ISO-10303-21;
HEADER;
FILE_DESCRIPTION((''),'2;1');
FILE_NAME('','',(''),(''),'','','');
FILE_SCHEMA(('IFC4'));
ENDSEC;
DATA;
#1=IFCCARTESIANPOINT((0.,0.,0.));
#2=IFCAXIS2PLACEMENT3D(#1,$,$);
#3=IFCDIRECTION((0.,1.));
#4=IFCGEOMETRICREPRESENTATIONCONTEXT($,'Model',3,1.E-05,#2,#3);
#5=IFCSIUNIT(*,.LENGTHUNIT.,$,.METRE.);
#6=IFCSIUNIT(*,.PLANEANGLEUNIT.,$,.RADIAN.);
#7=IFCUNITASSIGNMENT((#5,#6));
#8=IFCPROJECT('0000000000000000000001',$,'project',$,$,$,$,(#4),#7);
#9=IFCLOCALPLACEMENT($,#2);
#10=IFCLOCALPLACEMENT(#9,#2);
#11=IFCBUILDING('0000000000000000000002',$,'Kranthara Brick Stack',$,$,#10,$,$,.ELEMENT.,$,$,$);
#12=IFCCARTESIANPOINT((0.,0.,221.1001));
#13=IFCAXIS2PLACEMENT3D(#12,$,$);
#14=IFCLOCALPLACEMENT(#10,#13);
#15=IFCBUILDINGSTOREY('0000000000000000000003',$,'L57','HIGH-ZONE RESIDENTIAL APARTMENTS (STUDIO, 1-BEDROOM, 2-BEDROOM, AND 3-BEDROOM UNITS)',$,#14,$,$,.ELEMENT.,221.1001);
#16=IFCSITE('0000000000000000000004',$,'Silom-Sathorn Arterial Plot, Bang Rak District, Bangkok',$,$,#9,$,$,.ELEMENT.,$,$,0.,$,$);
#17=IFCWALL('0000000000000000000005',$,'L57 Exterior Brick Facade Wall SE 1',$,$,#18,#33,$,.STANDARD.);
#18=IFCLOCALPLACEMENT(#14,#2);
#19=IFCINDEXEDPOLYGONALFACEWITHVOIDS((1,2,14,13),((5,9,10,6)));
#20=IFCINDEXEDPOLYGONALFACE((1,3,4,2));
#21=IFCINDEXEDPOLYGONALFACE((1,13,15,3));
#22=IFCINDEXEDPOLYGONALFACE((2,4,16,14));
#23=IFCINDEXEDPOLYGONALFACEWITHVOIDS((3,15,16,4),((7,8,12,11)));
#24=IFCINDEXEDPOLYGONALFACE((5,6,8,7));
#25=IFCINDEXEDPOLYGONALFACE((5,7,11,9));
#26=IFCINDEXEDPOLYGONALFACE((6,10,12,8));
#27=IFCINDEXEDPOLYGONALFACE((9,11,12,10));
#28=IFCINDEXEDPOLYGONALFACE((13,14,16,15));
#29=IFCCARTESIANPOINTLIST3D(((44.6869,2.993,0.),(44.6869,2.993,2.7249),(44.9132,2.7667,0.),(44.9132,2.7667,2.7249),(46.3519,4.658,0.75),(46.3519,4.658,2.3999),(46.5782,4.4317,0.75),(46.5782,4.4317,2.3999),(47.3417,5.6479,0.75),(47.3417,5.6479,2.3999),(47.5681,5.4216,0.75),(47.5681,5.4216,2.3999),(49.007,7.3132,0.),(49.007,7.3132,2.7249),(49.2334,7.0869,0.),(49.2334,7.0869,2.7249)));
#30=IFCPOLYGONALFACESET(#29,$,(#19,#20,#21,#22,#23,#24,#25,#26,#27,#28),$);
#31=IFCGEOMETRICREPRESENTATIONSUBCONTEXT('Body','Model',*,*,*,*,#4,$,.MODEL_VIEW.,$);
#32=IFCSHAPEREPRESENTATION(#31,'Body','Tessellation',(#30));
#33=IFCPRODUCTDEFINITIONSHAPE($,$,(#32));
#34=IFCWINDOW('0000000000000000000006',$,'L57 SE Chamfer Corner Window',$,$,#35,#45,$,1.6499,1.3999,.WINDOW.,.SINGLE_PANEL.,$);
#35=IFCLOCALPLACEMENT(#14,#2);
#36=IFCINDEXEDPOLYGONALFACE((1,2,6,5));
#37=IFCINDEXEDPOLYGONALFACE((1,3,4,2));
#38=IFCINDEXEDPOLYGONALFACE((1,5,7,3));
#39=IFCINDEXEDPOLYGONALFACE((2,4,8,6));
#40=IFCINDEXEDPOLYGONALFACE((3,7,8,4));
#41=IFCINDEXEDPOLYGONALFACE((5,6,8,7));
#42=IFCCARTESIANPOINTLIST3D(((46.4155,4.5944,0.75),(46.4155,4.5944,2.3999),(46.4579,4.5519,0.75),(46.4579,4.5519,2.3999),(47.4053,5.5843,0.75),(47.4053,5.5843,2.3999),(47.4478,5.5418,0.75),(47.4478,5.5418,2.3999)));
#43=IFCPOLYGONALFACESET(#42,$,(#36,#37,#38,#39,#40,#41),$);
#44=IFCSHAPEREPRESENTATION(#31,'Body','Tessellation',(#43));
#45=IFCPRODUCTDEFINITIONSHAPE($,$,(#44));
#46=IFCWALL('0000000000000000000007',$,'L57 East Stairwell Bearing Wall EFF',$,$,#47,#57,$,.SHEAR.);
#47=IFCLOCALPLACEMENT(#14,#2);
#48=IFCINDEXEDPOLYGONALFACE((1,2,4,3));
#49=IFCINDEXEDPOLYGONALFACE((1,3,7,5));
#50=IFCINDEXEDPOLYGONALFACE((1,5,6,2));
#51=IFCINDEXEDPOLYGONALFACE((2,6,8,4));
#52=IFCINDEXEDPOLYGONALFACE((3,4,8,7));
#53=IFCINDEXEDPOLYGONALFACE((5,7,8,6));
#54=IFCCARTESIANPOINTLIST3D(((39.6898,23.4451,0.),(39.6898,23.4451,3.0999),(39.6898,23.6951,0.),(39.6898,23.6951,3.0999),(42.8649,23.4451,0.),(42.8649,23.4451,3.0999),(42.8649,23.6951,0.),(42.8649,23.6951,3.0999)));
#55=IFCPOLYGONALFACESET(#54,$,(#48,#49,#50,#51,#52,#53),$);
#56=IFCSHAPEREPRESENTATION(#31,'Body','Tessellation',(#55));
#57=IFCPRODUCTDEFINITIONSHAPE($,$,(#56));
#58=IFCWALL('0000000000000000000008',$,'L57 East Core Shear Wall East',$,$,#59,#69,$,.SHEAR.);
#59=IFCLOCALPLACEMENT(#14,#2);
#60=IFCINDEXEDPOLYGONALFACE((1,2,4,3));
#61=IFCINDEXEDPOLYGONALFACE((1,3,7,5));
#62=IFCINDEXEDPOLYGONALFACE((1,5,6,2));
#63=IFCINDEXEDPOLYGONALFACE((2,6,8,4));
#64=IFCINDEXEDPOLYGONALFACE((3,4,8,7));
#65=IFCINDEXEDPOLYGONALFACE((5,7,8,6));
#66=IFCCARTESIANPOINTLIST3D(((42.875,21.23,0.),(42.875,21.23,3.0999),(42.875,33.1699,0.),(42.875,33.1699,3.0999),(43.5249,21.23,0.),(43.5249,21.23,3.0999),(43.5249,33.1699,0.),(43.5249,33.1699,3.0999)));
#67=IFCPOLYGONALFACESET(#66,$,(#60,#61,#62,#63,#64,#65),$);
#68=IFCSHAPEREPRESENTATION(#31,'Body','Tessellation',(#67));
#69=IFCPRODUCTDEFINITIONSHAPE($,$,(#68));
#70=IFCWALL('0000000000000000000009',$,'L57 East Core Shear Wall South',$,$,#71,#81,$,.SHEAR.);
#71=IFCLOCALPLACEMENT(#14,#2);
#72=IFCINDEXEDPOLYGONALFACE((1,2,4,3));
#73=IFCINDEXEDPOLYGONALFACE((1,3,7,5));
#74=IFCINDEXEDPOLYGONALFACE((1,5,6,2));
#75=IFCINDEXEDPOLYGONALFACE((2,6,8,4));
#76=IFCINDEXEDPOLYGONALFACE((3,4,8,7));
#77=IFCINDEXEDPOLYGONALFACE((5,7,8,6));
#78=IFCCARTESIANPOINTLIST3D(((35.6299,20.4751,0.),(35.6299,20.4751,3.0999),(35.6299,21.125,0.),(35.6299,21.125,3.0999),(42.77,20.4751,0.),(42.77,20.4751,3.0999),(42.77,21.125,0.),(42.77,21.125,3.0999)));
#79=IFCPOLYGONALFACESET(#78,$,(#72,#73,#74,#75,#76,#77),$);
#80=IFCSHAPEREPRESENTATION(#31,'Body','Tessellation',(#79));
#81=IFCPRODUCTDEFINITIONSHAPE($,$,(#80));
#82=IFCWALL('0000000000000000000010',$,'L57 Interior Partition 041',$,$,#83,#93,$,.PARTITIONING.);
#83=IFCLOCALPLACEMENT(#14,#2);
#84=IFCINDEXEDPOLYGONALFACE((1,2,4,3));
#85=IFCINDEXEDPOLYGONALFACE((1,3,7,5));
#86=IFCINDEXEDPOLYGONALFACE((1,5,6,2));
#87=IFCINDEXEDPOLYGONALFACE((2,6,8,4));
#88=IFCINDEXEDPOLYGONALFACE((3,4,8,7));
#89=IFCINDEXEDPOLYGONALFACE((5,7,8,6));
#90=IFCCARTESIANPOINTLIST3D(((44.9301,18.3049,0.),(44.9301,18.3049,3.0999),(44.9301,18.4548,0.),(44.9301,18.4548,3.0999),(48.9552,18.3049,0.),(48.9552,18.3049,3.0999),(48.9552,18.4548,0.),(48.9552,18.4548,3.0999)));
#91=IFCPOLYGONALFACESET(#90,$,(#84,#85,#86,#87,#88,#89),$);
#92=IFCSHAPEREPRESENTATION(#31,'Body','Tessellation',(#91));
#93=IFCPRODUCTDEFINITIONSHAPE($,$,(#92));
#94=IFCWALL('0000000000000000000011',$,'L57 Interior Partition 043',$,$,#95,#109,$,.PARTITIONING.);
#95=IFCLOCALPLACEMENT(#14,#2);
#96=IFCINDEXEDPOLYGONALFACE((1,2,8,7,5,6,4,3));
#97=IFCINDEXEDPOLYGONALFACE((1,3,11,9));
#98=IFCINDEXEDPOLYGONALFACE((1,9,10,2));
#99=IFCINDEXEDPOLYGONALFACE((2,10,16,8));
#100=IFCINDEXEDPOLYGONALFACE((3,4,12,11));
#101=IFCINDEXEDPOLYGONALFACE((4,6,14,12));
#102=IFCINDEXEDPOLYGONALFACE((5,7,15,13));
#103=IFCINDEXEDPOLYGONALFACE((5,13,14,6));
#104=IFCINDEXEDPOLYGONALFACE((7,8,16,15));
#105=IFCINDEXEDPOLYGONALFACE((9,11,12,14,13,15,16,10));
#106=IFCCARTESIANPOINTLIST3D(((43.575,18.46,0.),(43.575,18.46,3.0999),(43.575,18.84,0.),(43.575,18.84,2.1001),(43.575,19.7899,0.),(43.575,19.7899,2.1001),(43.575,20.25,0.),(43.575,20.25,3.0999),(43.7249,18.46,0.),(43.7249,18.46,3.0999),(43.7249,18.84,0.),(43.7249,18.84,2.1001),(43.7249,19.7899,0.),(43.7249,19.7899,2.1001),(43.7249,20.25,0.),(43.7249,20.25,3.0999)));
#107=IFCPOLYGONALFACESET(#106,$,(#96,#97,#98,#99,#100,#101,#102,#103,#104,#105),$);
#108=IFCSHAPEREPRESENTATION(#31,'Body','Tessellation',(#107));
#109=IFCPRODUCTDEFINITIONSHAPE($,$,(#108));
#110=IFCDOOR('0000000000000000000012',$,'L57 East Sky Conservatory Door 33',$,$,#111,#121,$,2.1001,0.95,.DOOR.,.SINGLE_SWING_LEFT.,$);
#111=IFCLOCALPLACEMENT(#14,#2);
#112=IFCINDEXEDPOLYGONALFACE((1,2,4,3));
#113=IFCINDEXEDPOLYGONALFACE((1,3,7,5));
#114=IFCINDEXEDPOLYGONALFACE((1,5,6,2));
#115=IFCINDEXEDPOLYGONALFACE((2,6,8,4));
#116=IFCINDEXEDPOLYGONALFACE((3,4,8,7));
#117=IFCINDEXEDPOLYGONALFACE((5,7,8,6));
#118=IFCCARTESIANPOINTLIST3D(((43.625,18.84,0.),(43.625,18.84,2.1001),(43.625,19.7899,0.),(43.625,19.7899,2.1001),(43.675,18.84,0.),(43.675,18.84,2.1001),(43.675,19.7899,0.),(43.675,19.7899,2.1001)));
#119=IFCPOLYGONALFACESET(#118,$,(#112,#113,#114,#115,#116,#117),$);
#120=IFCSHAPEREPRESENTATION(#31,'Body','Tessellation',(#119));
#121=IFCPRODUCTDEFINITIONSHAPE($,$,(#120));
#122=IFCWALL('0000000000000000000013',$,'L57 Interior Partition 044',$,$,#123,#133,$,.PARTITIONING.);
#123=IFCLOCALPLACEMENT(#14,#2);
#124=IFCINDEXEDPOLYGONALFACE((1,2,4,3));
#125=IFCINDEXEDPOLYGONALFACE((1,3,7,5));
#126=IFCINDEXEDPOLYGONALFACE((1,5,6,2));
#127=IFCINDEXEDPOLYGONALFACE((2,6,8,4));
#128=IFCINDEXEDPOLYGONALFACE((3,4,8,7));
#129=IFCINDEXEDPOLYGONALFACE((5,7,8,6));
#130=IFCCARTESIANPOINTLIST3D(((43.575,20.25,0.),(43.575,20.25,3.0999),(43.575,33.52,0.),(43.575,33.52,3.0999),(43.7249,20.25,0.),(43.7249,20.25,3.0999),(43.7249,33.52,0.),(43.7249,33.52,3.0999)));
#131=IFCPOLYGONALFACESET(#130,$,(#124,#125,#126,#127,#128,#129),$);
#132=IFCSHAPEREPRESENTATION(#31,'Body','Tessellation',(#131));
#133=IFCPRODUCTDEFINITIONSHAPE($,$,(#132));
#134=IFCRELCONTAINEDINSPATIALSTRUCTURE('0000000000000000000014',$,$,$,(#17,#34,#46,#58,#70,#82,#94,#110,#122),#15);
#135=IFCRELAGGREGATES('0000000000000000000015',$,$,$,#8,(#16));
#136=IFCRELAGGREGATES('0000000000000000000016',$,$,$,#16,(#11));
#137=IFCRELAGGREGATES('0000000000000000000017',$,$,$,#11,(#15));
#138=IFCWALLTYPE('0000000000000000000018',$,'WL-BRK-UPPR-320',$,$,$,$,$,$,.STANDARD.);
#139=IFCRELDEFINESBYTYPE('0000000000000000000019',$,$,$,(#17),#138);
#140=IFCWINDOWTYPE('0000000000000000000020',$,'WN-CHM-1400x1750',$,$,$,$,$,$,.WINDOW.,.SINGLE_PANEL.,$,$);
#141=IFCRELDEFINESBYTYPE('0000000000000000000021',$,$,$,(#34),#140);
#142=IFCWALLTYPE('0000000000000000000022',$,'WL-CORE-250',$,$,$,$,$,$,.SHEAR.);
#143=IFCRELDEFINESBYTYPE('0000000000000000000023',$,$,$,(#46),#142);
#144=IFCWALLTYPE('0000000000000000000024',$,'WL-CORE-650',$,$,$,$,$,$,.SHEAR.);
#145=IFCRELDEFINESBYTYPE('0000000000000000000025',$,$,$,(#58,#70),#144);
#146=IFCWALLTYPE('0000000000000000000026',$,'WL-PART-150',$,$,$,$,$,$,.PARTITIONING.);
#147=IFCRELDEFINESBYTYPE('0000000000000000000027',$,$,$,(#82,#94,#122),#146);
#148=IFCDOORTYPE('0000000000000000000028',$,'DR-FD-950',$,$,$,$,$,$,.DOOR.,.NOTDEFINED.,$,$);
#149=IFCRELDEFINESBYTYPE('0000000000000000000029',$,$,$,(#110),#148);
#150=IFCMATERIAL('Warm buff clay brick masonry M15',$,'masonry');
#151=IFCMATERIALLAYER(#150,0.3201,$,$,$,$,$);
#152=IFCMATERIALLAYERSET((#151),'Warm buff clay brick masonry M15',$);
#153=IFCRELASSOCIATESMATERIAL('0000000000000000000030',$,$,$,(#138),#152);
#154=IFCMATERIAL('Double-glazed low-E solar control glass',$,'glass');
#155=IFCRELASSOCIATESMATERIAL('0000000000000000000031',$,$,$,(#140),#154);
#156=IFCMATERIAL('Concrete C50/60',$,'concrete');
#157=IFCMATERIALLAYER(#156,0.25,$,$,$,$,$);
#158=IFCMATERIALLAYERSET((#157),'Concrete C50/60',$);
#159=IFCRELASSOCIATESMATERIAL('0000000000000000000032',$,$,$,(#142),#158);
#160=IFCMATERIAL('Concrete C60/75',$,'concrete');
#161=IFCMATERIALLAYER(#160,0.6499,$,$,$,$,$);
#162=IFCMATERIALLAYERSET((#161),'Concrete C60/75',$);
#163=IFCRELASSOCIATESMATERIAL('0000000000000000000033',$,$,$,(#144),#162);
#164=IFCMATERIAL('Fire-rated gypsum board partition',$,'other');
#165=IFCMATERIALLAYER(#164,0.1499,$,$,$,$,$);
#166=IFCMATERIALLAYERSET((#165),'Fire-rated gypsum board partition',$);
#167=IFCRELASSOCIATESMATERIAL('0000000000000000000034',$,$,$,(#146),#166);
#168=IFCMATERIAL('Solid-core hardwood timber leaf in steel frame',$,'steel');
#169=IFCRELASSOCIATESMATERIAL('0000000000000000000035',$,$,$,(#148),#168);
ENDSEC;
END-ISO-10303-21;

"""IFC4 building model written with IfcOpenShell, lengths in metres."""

from ifc_helpers import new_model, si_unit, direction, frame, frame_2d, origin, place, context, subcontext, project, spatial, rectangle, extrude, material, layer, layer_set, type_object, element, fill, save


model = new_model("IFC4")

# Units and contexts
model_context = context("Model", 3, precision=1e-05, world=origin(), true_north=direction((0.0, 1.0)))
body_context = subcontext(model_context, "Body", "Model", "MODEL_VIEW")
ifc_project = project(units=[si_unit("LENGTHUNIT", "METRE"), si_unit("PLANEANGLEUNIT", "RADIAN")], contexts=[model_context])

# Site, building, storey
site_placement = place(None, origin())
site = spatial("IfcSite", under=ifc_project, at=site_placement, Name="Silom-Sathorn Arterial Plot, Bang Rak District, Bangkok", CompositionType="ELEMENT", RefElevation=0.0)
building_placement = place(site_placement, origin())
building = spatial("IfcBuilding", under=site, at=building_placement, Name="Kranthara Brick Stack", CompositionType="ELEMENT")
storey_placement = place(building_placement, frame((0.0, 0.0, 221.1001)))
storey = spatial("IfcBuildingStorey", under=building, at=storey_placement, Name="L57", Description="HIGH-ZONE RESIDENTIAL APARTMENTS (STUDIO, 1-BEDROOM, 2-BEDROOM, AND 3-BEDROOM UNITS)", CompositionType="ELEMENT", Elevation=221.1001)

# Wall, opening, window
ifc_material_1 = material(Name="Warm buff clay brick masonry M15", Category="masonry")
ifc_layer_1 = layer(ifc_material_1, 0.3201)
ifc_layer_set_1 = layer_set([ifc_layer_1], Name="Warm buff clay brick masonry M15")
wall_type_1 = type_object("IfcWallType", Name="WL-BRK-UPPR-320", PredefinedType="STANDARD", material=ifc_layer_set_1)
wall_1_placement = place(storey_placement, frame((49.1201, 7.2, 0.0), z_axis=(0.0, 0.0, 1.0), x_axis=(-0.707107, -0.707107, 0.0)))
wall_1 = element("IfcWall", 1, at=wall_1_placement, inside=storey, type_object=wall_type_1, Name="L57 Exterior Brick Facade Wall SE 1", PredefinedType="STANDARD", context=body_context, shape_type="SweptSolid", body=[
    extrude(rectangle(XDim=6.1096, YDim=0.3201, at=frame_2d((3.0547, 0.0))), origin(), (0.0, 0.0, 1.0), 2.7249),
])
opening_1_placement = place(wall_1_placement, frame((2.355, 0.0, 0.75)))
opening_1 = element("IfcOpeningElement", 2, at=opening_1_placement, cuts=wall_1, PredefinedType="OPENING", context=body_context, shape_type="SweptSolid", body=[
    extrude(rectangle(XDim=1.3999, YDim=1.6499, at=frame_2d((0.7, 0.825))), frame((0.0, 0.1699, 0.0), z_axis=(0.0, -1.0, 0.0), x_axis=(1.0, 0.0, 0.0)), (0.0, 0.0, 1.0), 0.3401),
])
ifc_material_2 = material(Name="Double-glazed low-E solar control glass", Category="glass")
window_type = type_object("IfcWindowType", Name="WN-CHM-1400x1750", PartitioningType="SINGLE_PANEL", PredefinedType="WINDOW", material=ifc_material_2)
window_placement = place(opening_1_placement, origin())
window = element("IfcWindow", 3, at=window_placement, inside=storey, type_object=window_type, Name="L57 SE Chamfer Corner Window", OverallHeight=1.6499, OverallWidth=1.3999, PartitioningType="SINGLE_PANEL", PredefinedType="WINDOW", context=body_context, shape_type="SweptSolid", body=[
    extrude(rectangle(XDim=1.3999, YDim=1.6499, at=frame_2d((0.7, 0.825))), frame((0.0, -0.01, 0.0), z_axis=(0.0, -1.0, 0.0), x_axis=(1.0, 0.0, 0.0)), (0.0, 0.0, 1.0), 0.0601),
])
fill(opening_1, window)

# Shared definitions
ifc_material_3 = material(Name="Concrete C50/60", Category="concrete")
ifc_layer_2 = layer(ifc_material_3, 0.25)
ifc_layer_set_2 = layer_set([ifc_layer_2], Name="Concrete C50/60")
wall_type_2 = type_object("IfcWallType", Name="WL-CORE-250", PredefinedType="SHEAR", material=ifc_layer_set_2)

# Walls
wall_2_placement = place(storey_placement, frame((39.6899, 23.5701, 0.0), z_axis=(0.0, 0.0, 1.0), x_axis=(1.0, 0.0, 0.0)))
element("IfcWall", 4, at=wall_2_placement, inside=storey, type_object=wall_type_2, Name="L57 East Stairwell Bearing Wall EFF", PredefinedType="SHEAR", context=body_context, shape_type="SweptSolid", body=[
    extrude(rectangle(XDim=3.175, YDim=0.25, at=frame_2d((1.5874, 0.0))), origin(), (0.0, 0.0, 1.0), 3.0999),
])
ifc_material_4 = material(Name="Concrete C60/75", Category="concrete")
ifc_layer_3 = layer(ifc_material_4, 0.6499)
ifc_layer_set_3 = layer_set([ifc_layer_3], Name="Concrete C60/75")
wall_type_3 = type_object("IfcWallType", Name="WL-CORE-650", PredefinedType="SHEAR", material=ifc_layer_set_3)
wall_3_placement = place(storey_placement, frame((43.2, 21.23, 0.0), z_axis=(0.0, 0.0, 1.0), x_axis=(0.0, 1.0, 0.0)))
element("IfcWall", 5, at=wall_3_placement, inside=storey, type_object=wall_type_3, Name="L57 East Core Shear Wall East", PredefinedType="SHEAR", context=body_context, shape_type="SweptSolid", body=[
    extrude(rectangle(XDim=11.9399, YDim=0.6499, at=frame_2d((5.97, 0.0))), origin(), (0.0, 0.0, 1.0), 3.0999),
])
wall_4_placement = place(storey_placement, frame((35.6299, 20.8, 0.0), z_axis=(0.0, 0.0, 1.0), x_axis=(1.0, 0.0, 0.0)))
element("IfcWall", 6, at=wall_4_placement, inside=storey, type_object=wall_type_3, Name="L57 East Core Shear Wall South", PredefinedType="SHEAR", context=body_context, shape_type="SweptSolid", body=[
    extrude(rectangle(XDim=7.1401, YDim=0.6499, at=frame_2d((3.5701, 0.0))), origin(), (0.0, 0.0, 1.0), 3.0999),
])

# Wall
ifc_material_5 = material(Name="Fire-rated gypsum board partition", Category="other")
ifc_layer_4 = layer(ifc_material_5, 0.1499)
ifc_layer_set_4 = layer_set([ifc_layer_4], Name="Fire-rated gypsum board partition")
wall_type_4 = type_object("IfcWallType", Name="WL-PART-150", PredefinedType="PARTITIONING", material=ifc_layer_set_4)
wall_5_placement = place(storey_placement, frame((44.9299, 18.3799, 0.0), z_axis=(0.0, 0.0, 1.0), x_axis=(1.0, 0.0, 0.0)))
element("IfcWall", 7, at=wall_5_placement, inside=storey, type_object=wall_type_4, Name="L57 Interior Partition 041", PredefinedType="PARTITIONING", context=body_context, shape_type="SweptSolid", body=[
    extrude(rectangle(XDim=4.0251, YDim=0.1499, at=frame_2d((2.0127, 0.0))), origin(), (0.0, 0.0, 1.0), 3.0999),
])

# Wall, opening, door
wall_6_placement = place(storey_placement, frame((43.6499, 18.46, 0.0), z_axis=(0.0, 0.0, 1.0), x_axis=(0.0, 1.0, 0.0)))
wall_6 = element("IfcWall", 8, at=wall_6_placement, inside=storey, type_object=wall_type_4, Name="L57 Interior Partition 043", PredefinedType="PARTITIONING", context=body_context, shape_type="SweptSolid", body=[
    extrude(rectangle(XDim=1.79, YDim=0.1499, at=frame_2d((0.895, 0.0))), origin(), (0.0, 0.0, 1.0), 3.0999),
])
opening_2_placement = place(wall_6_placement, frame((0.3799, 0.0, 0.0)))
opening_2 = element("IfcOpeningElement", 9, at=opening_2_placement, cuts=wall_6, PredefinedType="OPENING", context=body_context, shape_type="SweptSolid", body=[
    extrude(rectangle(XDim=0.95, YDim=2.1001, at=frame_2d((0.4751, 1.05))), frame((0.0, 0.085, 0.0), z_axis=(0.0, -1.0, 0.0), x_axis=(1.0, 0.0, 0.0)), (0.0, 0.0, 1.0), 0.1699),
])
ifc_material_6 = material(Name="Solid-core hardwood timber leaf in steel frame", Category="steel")
door_type_1 = type_object("IfcDoorType", Name="DR-FD-950", OperationType="NOTDEFINED", PredefinedType="DOOR", material=ifc_material_6)
door_1_placement = place(opening_2_placement, origin())
door_1 = element("IfcDoor", 10, at=door_1_placement, inside=storey, type_object=door_type_1, Name="L57 East Sky Conservatory Door 33", OperationType="SINGLE_SWING_LEFT", OverallHeight=2.1001, OverallWidth=0.95, PredefinedType="DOOR", context=body_context, shape_type="SweptSolid", body=[
    extrude(rectangle(XDim=0.95, YDim=2.1001, at=frame_2d((0.4751, 1.05))), frame((0.0, 0.0249, 0.0), z_axis=(0.0, -1.0, 0.0), x_axis=(1.0, 0.0, 0.0)), (0.0, 0.0, 1.0), 0.05),
])
fill(opening_2, door_1)

# Wall
wall_7_placement = place(storey_placement, frame((43.6499, 20.25, 0.0), z_axis=(0.0, 0.0, 1.0), x_axis=(0.0, 1.0, 0.0)))
element("IfcWall", 11, at=wall_7_placement, inside=storey, type_object=wall_type_4, Name="L57 Interior Partition 044", PredefinedType="PARTITIONING", context=body_context, shape_type="SweptSolid", body=[
    extrude(rectangle(XDim=13.27, YDim=0.1499, at=frame_2d((6.635, 0.0))), origin(), (0.0, 0.0, 1.0), 3.0999),
])

save(model, "model.ifc")
